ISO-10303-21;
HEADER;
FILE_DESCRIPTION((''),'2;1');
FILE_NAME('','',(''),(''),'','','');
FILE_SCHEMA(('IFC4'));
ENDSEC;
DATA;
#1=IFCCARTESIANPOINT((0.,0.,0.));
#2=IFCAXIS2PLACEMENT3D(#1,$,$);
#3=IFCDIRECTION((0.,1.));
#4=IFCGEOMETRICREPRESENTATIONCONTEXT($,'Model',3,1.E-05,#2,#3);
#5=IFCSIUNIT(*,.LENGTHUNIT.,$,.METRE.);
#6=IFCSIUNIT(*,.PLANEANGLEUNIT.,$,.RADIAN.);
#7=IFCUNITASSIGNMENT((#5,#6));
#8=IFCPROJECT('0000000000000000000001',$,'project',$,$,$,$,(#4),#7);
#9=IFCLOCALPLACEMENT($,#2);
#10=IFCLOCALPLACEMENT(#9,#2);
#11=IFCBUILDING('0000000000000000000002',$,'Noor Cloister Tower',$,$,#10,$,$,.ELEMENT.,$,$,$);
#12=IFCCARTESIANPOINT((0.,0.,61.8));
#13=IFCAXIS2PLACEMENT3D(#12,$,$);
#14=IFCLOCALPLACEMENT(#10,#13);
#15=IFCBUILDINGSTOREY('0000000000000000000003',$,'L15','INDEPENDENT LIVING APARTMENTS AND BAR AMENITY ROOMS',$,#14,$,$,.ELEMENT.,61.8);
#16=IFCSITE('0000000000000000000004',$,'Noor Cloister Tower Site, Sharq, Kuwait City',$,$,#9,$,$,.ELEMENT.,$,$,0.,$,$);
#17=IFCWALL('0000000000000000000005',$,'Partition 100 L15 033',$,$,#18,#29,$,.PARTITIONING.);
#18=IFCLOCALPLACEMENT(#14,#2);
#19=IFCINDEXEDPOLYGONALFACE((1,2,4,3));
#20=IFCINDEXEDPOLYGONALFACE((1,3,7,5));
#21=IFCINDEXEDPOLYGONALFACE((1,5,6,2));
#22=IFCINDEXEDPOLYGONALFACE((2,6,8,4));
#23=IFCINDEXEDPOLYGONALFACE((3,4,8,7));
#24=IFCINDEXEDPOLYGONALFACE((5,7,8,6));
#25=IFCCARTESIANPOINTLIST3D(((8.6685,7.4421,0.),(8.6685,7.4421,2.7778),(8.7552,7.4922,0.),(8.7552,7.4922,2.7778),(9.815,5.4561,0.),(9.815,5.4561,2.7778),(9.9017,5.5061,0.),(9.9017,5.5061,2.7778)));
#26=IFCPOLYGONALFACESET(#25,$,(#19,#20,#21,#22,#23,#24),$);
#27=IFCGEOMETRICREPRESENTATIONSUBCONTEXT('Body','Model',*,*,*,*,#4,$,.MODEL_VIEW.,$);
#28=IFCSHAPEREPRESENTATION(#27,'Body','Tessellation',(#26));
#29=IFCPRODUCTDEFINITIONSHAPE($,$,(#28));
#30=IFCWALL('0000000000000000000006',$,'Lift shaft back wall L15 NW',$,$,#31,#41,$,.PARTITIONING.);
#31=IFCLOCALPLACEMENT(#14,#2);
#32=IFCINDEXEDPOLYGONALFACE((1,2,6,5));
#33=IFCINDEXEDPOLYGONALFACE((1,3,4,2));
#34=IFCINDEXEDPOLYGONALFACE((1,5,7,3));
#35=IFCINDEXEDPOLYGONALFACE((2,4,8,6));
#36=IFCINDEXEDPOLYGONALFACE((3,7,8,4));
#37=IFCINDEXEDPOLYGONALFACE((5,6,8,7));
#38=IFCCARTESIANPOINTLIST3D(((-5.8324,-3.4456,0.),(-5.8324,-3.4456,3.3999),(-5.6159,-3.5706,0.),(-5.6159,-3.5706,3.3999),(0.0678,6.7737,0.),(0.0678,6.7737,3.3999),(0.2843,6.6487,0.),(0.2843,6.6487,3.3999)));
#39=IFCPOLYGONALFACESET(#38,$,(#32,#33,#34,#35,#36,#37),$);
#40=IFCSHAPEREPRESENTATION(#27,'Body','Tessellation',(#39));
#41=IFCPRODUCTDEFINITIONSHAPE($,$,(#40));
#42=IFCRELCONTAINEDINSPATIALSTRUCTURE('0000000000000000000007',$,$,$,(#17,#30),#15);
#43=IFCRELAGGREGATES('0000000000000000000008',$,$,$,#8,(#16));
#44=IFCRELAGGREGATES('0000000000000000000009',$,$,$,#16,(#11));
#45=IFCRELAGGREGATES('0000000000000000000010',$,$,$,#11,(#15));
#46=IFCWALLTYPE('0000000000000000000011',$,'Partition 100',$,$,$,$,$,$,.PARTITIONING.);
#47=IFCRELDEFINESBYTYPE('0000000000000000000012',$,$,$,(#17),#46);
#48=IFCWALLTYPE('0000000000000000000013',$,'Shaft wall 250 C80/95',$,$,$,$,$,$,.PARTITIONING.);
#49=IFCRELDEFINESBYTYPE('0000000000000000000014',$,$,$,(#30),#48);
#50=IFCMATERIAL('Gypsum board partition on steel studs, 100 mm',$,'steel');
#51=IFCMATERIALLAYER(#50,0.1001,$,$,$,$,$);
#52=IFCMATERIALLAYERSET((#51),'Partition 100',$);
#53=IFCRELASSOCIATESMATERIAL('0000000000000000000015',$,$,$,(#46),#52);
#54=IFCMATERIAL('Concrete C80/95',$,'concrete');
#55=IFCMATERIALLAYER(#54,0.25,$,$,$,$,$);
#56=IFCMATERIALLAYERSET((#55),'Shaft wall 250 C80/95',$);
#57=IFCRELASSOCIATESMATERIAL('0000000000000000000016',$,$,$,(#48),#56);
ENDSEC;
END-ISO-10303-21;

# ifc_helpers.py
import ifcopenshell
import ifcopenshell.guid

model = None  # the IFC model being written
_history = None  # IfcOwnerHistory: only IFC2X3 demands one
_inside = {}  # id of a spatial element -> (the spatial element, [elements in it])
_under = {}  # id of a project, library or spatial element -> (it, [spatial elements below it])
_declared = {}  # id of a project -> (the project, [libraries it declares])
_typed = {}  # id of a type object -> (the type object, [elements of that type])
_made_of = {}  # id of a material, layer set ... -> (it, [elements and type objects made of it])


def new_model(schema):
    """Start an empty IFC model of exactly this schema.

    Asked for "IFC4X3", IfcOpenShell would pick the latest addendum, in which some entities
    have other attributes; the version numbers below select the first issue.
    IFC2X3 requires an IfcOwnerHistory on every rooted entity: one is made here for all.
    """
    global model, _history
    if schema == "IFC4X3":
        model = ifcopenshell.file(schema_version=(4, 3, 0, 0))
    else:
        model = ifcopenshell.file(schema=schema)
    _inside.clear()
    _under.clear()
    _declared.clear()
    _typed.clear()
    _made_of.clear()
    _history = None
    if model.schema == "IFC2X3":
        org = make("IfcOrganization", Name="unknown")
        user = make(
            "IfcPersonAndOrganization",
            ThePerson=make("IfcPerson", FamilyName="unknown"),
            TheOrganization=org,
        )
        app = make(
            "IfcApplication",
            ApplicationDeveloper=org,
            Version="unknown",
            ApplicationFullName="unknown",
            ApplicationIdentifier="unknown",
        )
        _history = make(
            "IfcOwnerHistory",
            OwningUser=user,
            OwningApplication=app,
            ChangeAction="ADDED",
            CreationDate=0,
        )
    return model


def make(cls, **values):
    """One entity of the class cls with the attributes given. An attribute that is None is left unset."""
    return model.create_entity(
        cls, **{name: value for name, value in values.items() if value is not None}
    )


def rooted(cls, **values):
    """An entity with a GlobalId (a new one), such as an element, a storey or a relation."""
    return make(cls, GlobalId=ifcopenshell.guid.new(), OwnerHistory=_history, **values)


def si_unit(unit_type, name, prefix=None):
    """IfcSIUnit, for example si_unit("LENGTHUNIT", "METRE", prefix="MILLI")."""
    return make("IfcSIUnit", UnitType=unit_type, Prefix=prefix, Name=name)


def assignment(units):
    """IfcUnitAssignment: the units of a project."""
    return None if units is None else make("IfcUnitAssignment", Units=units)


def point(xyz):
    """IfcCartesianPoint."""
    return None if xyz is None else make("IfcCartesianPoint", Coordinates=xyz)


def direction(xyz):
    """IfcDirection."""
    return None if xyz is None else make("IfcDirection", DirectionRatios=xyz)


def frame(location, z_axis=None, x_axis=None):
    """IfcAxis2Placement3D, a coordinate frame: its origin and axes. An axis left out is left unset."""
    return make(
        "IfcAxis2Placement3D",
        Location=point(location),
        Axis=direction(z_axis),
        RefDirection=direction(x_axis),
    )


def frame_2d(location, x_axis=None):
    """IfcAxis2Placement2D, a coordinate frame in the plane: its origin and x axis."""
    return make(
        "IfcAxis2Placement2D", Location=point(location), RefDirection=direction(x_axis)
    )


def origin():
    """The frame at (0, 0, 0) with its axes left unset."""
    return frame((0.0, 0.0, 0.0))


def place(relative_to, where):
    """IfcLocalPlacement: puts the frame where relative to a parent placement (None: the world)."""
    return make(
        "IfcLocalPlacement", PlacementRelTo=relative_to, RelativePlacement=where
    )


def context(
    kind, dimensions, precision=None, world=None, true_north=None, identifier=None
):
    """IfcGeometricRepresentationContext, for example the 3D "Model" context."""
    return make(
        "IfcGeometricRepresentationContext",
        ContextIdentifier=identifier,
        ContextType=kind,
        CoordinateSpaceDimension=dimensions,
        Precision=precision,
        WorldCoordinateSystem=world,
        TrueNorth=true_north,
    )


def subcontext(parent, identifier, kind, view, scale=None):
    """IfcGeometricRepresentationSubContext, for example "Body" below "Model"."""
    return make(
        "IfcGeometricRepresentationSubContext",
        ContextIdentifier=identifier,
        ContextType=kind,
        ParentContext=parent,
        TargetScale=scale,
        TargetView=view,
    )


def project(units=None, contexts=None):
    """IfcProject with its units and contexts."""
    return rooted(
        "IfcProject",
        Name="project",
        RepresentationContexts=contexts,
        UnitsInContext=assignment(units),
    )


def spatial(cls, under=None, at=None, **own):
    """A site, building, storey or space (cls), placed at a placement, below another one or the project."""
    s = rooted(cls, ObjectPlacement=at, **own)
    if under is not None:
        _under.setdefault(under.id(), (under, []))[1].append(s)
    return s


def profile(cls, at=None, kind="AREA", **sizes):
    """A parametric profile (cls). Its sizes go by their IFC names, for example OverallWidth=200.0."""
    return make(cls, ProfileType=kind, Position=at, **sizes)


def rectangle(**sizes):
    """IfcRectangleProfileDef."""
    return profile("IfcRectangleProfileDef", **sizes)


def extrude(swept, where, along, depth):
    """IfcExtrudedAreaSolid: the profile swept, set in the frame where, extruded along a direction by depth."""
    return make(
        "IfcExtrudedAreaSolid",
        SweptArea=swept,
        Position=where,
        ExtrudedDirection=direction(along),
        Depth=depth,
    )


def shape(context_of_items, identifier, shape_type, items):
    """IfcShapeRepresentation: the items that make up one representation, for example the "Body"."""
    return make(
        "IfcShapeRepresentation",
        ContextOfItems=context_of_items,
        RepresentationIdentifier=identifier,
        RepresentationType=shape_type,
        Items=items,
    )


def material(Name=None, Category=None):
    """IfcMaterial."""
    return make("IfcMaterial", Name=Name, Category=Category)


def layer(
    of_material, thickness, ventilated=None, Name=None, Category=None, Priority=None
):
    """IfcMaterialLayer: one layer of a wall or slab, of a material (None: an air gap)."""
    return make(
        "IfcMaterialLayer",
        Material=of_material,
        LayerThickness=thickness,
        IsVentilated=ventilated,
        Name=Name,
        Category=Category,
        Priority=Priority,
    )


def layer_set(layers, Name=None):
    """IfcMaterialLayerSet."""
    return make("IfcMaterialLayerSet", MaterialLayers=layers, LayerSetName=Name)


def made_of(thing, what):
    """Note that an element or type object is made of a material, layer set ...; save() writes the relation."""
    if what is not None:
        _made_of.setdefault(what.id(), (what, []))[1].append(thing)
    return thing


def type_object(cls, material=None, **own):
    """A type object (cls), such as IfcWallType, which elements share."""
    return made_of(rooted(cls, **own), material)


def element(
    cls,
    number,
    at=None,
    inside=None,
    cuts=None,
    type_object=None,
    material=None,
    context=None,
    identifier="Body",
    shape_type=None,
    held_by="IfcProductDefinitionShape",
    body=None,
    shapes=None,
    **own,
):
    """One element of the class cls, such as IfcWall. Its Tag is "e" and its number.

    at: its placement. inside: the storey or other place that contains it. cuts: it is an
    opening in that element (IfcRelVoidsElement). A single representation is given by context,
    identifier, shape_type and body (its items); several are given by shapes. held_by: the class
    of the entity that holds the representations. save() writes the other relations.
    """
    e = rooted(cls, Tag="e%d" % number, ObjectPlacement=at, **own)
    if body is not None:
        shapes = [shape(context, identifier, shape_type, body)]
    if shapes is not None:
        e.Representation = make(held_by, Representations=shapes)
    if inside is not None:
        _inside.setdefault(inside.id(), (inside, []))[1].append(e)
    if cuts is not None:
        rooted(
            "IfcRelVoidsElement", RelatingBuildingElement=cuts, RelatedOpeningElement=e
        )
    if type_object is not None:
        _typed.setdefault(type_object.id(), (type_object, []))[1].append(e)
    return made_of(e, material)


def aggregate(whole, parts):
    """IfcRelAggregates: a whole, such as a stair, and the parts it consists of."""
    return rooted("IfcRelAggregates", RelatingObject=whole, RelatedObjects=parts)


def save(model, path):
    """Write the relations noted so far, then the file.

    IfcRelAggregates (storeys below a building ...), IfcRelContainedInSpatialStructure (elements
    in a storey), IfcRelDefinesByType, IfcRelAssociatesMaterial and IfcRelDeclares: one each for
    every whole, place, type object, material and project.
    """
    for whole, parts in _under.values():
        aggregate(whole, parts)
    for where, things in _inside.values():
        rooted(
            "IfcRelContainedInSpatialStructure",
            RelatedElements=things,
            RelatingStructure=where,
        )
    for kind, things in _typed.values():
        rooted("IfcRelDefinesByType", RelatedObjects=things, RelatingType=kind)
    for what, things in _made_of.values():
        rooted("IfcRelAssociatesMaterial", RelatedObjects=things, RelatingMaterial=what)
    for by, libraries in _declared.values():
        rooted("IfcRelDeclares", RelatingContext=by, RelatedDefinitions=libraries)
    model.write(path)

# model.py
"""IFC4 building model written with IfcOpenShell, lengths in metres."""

from ifc_helpers import new_model, si_unit, direction, frame, frame_2d, origin, place, context, subcontext, project, spatial, rectangle, extrude, material, layer, layer_set, type_object, element, save


model = new_model("IFC4")

# Units and contexts
model_context = context("Model", 3, precision=1e-05, world=origin(), true_north=direction((0.0, 1.0)))
body_context = subcontext(model_context, "Body", "Model", "MODEL_VIEW")
ifc_project = project(units=[si_unit("LENGTHUNIT", "METRE"), si_unit("PLANEANGLEUNIT", "RADIAN")], contexts=[model_context])

# Site, building, storey
site_placement = place(None, origin())
site = spatial("IfcSite", under=ifc_project, at=site_placement, Name="Noor Cloister Tower Site, Sharq, Kuwait City", CompositionType="ELEMENT", RefElevation=0.0)
building_placement = place(site_placement, origin())
building = spatial("IfcBuilding", under=site, at=building_placement, Name="Noor Cloister Tower", CompositionType="ELEMENT")
storey_placement = place(building_placement, frame((0.0, 0.0, 61.8)))
storey = spatial("IfcBuildingStorey", under=building, at=storey_placement, Name="L15", Description="INDEPENDENT LIVING APARTMENTS AND BAR AMENITY ROOMS", CompositionType="ELEMENT", Elevation=61.8)

# Shared definitions
ifc_material_1 = material(Name="Gypsum board partition on steel studs, 100 mm", Category="steel")
ifc_layer_1 = layer(ifc_material_1, 0.1001)
ifc_layer_set_1 = layer_set([ifc_layer_1], Name="Partition 100")
wall_type_1 = type_object("IfcWallType", Name="Partition 100", PredefinedType="PARTITIONING", material=ifc_layer_set_1)

# Walls
wall_1_placement = place(storey_placement, frame((8.7119, 7.467, 0.0), z_axis=(0.0, 0.0, 1.0), x_axis=(0.499941, -0.86606, 0.0)))
element("IfcWall", 1, at=wall_1_placement, inside=storey, type_object=wall_type_1, Name="Partition 100 L15 033", PredefinedType="PARTITIONING", context=body_context, shape_type="SweptSolid", body=[
    extrude(rectangle(XDim=2.2932, YDim=0.1001, at=frame_2d((1.1465, 0.0))), origin(), (0.0, 0.0, 1.0), 2.7778),
])
ifc_material_2 = material(Name="Concrete C80/95", Category="concrete")
ifc_layer_2 = layer(ifc_material_2, 0.25)
ifc_layer_set_2 = layer_set([ifc_layer_2], Name="Shaft wall 250 C80/95")
wall_type_2 = type_object("IfcWallType", Name="Shaft wall 250 C80/95", PredefinedType="PARTITIONING", material=ifc_layer_set_2)
wall_2_placement = place(storey_placement, frame((0.176, 6.7112, 0.0), z_axis=(0.0, 0.0, 1.0), x_axis=(-0.500004, -0.866023, 0.0)))
element("IfcWall", 2, at=wall_2_placement, inside=storey, type_object=wall_type_2, Name="Lift shaft back wall L15 NW", PredefinedType="PARTITIONING", context=body_context, shape_type="SweptSolid", body=[
    extrude(rectangle(XDim=11.8003, YDim=0.25, at=frame_2d((5.9001, 0.0))), origin(), (0.0, 0.0, 1.0), 3.3999),
])

save(model, "model.ifc")
